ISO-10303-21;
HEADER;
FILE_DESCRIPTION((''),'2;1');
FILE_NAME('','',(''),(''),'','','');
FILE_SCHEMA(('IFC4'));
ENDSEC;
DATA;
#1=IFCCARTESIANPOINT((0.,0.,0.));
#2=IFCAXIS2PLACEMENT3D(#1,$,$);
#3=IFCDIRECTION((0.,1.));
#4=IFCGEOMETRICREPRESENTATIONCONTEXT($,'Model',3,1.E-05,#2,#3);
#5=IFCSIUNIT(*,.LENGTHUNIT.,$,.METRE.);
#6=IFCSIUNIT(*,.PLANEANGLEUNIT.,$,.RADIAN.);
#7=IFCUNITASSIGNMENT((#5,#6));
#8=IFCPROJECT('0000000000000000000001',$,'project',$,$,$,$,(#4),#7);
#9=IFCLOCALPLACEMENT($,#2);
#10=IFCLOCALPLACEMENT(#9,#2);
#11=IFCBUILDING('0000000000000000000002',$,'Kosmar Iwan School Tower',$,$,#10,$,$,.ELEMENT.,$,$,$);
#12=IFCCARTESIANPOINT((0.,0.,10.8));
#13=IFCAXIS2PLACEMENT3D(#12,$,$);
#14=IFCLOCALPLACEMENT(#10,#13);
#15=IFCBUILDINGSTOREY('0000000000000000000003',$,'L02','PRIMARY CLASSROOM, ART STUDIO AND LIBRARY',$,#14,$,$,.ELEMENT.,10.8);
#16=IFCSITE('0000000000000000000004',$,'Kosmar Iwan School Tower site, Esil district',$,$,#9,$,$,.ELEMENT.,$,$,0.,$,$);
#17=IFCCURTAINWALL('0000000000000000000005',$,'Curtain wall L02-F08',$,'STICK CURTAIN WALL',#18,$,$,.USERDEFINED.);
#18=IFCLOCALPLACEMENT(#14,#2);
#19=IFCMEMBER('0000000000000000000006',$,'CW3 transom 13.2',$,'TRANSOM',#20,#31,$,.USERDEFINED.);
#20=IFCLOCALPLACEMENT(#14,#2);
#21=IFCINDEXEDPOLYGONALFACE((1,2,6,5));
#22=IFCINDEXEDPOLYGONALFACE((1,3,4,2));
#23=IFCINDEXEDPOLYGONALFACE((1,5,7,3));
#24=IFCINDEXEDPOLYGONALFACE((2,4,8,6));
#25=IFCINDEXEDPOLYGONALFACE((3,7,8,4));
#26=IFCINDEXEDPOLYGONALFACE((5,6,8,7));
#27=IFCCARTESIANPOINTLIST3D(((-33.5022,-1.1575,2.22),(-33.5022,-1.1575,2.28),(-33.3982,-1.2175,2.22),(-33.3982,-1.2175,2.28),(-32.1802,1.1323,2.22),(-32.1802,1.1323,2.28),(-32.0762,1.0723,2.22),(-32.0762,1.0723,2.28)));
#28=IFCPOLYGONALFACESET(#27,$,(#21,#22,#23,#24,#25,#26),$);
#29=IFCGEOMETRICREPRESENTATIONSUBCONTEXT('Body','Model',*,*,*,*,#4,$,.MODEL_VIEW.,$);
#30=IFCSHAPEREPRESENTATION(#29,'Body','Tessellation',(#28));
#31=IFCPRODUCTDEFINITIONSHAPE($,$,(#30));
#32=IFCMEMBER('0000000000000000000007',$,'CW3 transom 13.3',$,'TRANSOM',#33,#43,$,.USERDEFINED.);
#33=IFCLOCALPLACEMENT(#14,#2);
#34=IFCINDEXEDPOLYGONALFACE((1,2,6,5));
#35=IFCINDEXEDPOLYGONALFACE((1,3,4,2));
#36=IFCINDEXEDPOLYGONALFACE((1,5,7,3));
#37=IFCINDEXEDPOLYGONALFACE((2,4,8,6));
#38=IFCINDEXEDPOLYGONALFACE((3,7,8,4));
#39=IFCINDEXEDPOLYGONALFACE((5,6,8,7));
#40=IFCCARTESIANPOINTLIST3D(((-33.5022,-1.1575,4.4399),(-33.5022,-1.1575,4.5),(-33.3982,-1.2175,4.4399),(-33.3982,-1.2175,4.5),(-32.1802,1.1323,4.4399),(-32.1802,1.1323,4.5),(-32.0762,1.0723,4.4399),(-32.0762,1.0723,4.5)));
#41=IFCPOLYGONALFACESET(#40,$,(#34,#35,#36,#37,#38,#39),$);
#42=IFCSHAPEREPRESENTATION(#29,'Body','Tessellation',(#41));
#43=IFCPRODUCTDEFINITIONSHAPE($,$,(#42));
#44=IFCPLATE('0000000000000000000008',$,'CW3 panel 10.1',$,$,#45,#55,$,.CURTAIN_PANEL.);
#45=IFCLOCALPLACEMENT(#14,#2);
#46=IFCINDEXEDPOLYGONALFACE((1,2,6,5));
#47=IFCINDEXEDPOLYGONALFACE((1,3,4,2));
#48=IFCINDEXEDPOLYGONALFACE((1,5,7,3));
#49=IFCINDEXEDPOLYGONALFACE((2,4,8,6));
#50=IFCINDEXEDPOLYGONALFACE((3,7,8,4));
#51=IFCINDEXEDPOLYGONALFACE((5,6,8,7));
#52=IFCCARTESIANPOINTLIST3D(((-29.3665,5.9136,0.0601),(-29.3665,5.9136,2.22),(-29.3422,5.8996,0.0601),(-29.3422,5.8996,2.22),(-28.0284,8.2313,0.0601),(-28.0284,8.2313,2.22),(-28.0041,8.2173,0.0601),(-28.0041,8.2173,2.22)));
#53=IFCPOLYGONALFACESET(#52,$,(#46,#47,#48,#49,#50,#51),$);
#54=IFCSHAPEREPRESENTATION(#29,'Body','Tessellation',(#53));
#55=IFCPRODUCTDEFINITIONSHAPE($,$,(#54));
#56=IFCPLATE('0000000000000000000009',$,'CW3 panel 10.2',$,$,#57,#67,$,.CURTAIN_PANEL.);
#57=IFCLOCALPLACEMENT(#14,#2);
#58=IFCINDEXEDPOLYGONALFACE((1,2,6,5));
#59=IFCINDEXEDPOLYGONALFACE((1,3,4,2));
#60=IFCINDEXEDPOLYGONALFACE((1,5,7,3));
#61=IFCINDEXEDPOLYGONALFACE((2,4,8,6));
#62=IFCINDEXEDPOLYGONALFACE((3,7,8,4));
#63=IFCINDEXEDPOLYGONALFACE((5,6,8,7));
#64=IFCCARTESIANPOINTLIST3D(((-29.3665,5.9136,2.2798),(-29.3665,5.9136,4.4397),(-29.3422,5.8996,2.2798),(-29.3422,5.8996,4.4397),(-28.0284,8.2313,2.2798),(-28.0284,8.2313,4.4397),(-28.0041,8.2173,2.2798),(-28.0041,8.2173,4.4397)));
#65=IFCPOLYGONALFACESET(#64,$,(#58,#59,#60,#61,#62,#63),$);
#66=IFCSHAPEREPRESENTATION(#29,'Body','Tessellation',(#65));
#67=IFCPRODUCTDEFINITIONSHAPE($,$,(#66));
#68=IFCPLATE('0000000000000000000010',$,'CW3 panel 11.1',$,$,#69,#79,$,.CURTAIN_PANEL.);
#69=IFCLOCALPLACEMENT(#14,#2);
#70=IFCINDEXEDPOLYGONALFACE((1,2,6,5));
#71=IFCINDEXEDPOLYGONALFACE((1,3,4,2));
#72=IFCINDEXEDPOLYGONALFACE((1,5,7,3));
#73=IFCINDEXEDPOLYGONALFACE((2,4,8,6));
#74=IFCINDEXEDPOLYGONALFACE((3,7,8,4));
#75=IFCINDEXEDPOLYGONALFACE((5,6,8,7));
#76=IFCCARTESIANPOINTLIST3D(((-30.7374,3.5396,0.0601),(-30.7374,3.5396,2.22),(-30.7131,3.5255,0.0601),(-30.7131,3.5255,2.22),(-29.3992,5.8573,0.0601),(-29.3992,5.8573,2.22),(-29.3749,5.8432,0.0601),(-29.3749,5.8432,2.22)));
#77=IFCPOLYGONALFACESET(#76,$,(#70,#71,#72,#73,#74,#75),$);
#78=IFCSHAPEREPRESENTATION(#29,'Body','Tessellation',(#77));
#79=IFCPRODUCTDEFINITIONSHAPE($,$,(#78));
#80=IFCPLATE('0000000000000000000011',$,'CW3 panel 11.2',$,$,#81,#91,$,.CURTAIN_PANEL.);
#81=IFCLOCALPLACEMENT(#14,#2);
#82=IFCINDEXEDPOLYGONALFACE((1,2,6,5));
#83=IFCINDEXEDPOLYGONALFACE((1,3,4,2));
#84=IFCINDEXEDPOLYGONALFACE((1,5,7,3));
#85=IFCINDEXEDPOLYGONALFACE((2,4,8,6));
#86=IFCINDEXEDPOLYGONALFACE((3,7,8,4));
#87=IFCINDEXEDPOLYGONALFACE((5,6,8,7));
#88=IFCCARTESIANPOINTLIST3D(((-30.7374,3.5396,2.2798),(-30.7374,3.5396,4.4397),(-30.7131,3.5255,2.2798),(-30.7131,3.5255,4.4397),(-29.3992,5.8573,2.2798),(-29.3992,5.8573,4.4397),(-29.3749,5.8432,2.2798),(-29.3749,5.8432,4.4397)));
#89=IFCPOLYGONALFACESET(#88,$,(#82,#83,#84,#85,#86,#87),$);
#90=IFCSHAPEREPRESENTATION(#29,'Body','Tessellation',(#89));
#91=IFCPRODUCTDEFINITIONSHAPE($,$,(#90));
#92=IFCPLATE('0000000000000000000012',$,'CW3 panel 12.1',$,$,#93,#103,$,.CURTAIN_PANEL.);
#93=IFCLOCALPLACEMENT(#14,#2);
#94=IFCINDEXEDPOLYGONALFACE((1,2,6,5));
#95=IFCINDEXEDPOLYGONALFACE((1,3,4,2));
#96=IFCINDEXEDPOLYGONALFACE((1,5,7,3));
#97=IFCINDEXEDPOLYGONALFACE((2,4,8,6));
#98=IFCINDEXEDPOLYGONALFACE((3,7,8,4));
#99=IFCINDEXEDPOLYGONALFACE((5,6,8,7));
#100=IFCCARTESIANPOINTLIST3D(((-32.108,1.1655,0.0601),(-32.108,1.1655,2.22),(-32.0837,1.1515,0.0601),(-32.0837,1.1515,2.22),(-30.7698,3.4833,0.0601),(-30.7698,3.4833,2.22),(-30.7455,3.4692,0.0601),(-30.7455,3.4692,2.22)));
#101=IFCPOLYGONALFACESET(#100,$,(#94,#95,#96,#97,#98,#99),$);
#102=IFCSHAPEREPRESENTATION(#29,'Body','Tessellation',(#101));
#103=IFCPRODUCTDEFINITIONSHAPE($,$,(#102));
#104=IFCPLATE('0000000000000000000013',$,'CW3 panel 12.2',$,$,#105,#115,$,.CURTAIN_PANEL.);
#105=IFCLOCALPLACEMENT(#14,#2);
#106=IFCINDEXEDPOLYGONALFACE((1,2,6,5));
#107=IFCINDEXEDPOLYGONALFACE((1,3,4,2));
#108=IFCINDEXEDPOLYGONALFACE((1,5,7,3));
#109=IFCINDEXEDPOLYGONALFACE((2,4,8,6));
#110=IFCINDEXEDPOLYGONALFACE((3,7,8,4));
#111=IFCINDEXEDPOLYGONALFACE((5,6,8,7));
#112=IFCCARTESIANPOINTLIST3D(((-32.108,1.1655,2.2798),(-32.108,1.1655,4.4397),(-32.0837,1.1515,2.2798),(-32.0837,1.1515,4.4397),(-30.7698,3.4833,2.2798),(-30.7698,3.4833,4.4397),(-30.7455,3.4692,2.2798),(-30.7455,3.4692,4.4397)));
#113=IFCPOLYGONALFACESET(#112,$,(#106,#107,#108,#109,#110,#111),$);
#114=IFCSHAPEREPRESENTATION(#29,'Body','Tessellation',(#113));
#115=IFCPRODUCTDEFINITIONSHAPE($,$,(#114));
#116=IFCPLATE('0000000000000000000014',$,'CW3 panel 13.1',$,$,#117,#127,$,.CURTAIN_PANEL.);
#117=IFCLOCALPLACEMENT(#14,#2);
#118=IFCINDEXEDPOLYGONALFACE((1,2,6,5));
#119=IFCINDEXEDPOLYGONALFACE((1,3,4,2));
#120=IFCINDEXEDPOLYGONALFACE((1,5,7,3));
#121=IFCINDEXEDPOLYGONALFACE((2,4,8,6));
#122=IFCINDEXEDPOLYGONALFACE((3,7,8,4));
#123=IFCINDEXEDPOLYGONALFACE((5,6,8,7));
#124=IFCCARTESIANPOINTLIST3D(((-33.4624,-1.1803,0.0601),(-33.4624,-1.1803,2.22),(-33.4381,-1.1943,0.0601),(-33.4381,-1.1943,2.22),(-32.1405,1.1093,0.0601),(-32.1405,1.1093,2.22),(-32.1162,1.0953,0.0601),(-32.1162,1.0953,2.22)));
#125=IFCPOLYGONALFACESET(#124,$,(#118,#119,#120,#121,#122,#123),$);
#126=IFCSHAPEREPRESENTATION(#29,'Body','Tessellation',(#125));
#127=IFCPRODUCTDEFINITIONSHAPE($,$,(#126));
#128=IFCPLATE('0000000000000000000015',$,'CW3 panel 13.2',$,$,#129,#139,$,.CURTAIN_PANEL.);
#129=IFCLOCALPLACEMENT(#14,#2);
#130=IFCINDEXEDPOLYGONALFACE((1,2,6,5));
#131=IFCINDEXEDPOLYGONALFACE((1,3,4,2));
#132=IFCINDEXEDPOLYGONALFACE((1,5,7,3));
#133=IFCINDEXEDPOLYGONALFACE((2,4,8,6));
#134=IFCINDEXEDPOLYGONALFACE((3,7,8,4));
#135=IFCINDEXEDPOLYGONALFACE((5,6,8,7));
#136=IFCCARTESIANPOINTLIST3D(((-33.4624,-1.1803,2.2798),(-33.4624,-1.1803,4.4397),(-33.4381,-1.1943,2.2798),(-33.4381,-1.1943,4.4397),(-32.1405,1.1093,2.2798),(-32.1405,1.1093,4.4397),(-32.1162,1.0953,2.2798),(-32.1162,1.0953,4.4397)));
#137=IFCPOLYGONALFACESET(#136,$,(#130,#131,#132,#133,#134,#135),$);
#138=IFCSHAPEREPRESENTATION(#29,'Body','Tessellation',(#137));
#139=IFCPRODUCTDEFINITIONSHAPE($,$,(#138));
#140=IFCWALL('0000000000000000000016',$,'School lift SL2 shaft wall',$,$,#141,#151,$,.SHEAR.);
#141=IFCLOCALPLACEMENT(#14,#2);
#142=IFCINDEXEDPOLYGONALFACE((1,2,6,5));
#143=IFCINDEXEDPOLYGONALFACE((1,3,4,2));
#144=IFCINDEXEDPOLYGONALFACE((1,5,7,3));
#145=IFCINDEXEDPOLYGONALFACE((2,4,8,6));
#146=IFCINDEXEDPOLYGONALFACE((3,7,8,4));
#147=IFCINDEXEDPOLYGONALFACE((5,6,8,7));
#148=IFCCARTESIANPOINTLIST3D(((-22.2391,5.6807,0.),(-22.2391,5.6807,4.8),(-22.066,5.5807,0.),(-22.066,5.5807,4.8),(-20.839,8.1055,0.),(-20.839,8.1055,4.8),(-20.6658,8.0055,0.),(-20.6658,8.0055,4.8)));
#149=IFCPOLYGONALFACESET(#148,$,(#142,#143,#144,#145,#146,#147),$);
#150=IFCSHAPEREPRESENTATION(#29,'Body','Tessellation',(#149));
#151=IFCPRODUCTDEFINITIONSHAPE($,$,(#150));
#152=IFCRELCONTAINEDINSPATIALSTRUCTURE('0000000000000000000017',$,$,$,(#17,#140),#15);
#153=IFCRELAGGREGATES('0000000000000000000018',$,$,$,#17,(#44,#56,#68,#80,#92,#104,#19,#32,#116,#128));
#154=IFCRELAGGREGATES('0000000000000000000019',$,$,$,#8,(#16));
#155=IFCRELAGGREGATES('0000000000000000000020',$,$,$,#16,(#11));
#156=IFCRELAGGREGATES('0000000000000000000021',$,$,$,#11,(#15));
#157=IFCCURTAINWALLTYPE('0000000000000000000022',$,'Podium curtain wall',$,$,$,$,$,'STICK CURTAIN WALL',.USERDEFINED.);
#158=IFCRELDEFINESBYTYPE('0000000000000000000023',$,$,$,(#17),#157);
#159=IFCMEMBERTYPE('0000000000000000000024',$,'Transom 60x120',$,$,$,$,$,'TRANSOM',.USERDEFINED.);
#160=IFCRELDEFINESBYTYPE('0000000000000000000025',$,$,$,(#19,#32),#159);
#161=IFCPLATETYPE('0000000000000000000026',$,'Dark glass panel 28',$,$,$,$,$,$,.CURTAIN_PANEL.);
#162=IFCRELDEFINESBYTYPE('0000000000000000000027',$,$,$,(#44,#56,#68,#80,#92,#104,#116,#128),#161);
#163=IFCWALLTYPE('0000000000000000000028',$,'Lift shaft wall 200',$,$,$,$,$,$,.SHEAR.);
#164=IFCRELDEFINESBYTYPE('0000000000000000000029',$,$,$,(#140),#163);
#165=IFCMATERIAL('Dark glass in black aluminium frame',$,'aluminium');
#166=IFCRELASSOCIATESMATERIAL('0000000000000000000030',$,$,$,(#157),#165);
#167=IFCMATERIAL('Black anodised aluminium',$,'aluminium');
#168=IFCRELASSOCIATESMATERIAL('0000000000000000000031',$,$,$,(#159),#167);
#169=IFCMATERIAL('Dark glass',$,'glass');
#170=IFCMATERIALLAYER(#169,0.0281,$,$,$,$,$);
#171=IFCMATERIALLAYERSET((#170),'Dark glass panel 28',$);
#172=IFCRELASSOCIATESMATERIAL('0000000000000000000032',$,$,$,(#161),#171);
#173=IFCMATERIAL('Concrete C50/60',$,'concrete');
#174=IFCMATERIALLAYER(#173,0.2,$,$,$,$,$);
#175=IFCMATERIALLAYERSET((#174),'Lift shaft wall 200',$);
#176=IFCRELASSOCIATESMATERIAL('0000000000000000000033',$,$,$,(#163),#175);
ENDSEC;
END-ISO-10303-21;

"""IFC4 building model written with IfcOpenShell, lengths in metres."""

from ifc_helpers import new_model, si_unit, direction, frame, frame_2d, origin, origin_2d, place, context, subcontext, project, spatial, rectangle, extrude, material, layer, layer_set, material_profile, profile_set, type_object, element, aggregate, save


model = new_model("IFC4")

# Units and contexts
model_context = context("Model", 3, precision=1e-05, world=origin(), true_north=direction((0.0, 1.0)))
body_context = subcontext(model_context, "Body", "Model", "MODEL_VIEW")
ifc_project = project(units=[si_unit("LENGTHUNIT", "METRE"), si_unit("PLANEANGLEUNIT", "RADIAN")], contexts=[model_context])

# Site, building, storey
site_placement = place(None, origin())
site = spatial("IfcSite", under=ifc_project, at=site_placement, Name="Kosmar Iwan School Tower site, Esil district", CompositionType="ELEMENT", RefElevation=0.0)
building_placement = place(site_placement, origin())
building = spatial("IfcBuilding", under=site, at=building_placement, Name="Kosmar Iwan School Tower", CompositionType="ELEMENT")
storey_placement = place(building_placement, frame((0.0, 0.0, 10.8)))
storey = spatial("IfcBuildingStorey", under=building, at=storey_placement, Name="L02", Description="PRIMARY CLASSROOM, ART STUDIO AND LIBRARY", CompositionType="ELEMENT", Elevation=10.8)

# Curtain wall, members, plates
ifc_material_1 = material(Name="Dark glass in black aluminium frame", Category="aluminium")
curtain_wall_type = type_object("IfcCurtainWallType", Name="Podium curtain wall", ElementType="STICK CURTAIN WALL", PredefinedType="USERDEFINED", material=ifc_material_1)
curtain_wall_placement = place(storey_placement, origin())
curtain_wall = element("IfcCurtainWall", 1, at=curtain_wall_placement, inside=storey, type_object=curtain_wall_type, Name="Curtain wall L02-F08", ObjectType="STICK CURTAIN WALL", PredefinedType="USERDEFINED")
ifc_material_2 = material(Name="Black anodised aluminium", Category="aluminium")
ifc_material_profile_1 = material_profile(ifc_material_2, rectangle(XDim=0.1201, YDim=0.0601, at=origin_2d()), Name="TRANSOM 60x120")
ifc_profile_set_1 = profile_set([ifc_material_profile_1], Name="Black anodised aluminium")
member_type_1 = type_object("IfcMemberType", Name="Transom 60x120", ElementType="TRANSOM", PredefinedType="USERDEFINED", material=ifc_profile_set_1)
member_1_placement = place(storey_placement, frame((-32.1282, 1.1023, 2.25), z_axis=(-0.500002, -0.866024, 0.0), x_axis=(0.866024, -0.500002, 0.0)))
member_1 = element("IfcMember", 2, at=member_1_placement, type_object=member_type_1, Name="CW3 transom 13.2", ObjectType="TRANSOM", PredefinedType="USERDEFINED", context=body_context, shape_type="SweptSolid", body=[
    extrude(rectangle(XDim=0.1201, YDim=0.0601, at=origin_2d()), origin(), (0.0, 0.0, 1.0), 2.644),
])
member_2_placement = place(storey_placement, frame((-32.1282, 1.1023, 4.47), z_axis=(-0.500002, -0.866024, 0.0), x_axis=(0.866024, -0.500002, 0.0)))
member_2 = element("IfcMember", 3, at=member_2_placement, type_object=member_type_1, Name="CW3 transom 13.3", ObjectType="TRANSOM", PredefinedType="USERDEFINED", context=body_context, shape_type="SweptSolid", body=[
    extrude(rectangle(XDim=0.1201, YDim=0.0601, at=origin_2d()), origin(), (0.0, 0.0, 1.0), 2.644),
])
ifc_material_3 = material(Name="Dark glass", Category="glass")
ifc_layer_1 = layer(ifc_material_3, 0.0281)
ifc_layer_set_1 = layer_set([ifc_layer_1], Name="Dark glass panel 28")
plate_type = type_object("IfcPlateType", Name="Dark glass panel 28", PredefinedType="CURTAIN_PANEL", material=ifc_layer_set_1)
plate_1_placement = place(storey_placement, frame((-28.6853, 7.0654, 0.0601), z_axis=(0.0, 0.0, 1.0), x_axis=(-0.5, -0.866025, 0.0)))
plate_1 = element("IfcPlate", 4, at=plate_1_placement, type_object=plate_type, Name="CW3 panel 10.1", PredefinedType="CURTAIN_PANEL", context=body_context, shape_type="SweptSolid", body=[
    extrude(rectangle(XDim=2.6763, YDim=0.0281, at=origin_2d()), origin(), (0.0, 0.0, 1.0), 2.1599),
])
plate_2_placement = place(storey_placement, frame((-28.6853, 7.0654, 2.2798), z_axis=(0.0, 0.0, 1.0), x_axis=(-0.5, -0.866025, 0.0)))
plate_2 = element("IfcPlate", 5, at=plate_2_placement, type_object=plate_type, Name="CW3 panel 10.2", PredefinedType="CURTAIN_PANEL", context=body_context, shape_type="SweptSolid", body=[
    extrude(rectangle(XDim=2.6763, YDim=0.0281, at=origin_2d()), origin(), (0.0, 0.0, 1.0), 2.1599),
])
plate_3_placement = place(storey_placement, frame((-30.0562, 4.6914, 0.0601), z_axis=(0.0, 0.0, 1.0), x_axis=(-0.5, -0.866025, 0.0)))
plate_3 = element("IfcPlate", 6, at=plate_3_placement, type_object=plate_type, Name="CW3 panel 11.1", PredefinedType="CURTAIN_PANEL", context=body_context, shape_type="SweptSolid", body=[
    extrude(rectangle(XDim=2.6763, YDim=0.0281, at=origin_2d()), origin(), (0.0, 0.0, 1.0), 2.1599),
])
plate_4_placement = place(storey_placement, frame((-30.0562, 4.6914, 2.2798), z_axis=(0.0, 0.0, 1.0), x_axis=(-0.5, -0.866025, 0.0)))
plate_4 = element("IfcPlate", 7, at=plate_4_placement, type_object=plate_type, Name="CW3 panel 11.2", PredefinedType="CURTAIN_PANEL", context=body_context, shape_type="SweptSolid", body=[
    extrude(rectangle(XDim=2.6763, YDim=0.0281, at=origin_2d()), origin(), (0.0, 0.0, 1.0), 2.1599),
])
plate_5_placement = place(storey_placement, frame((-31.4268, 2.3174, 0.0601), z_axis=(0.0, 0.0, 1.0), x_axis=(-0.5, -0.866025, 0.0)))
plate_5 = element("IfcPlate", 8, at=plate_5_placement, type_object=plate_type, Name="CW3 panel 12.1", PredefinedType="CURTAIN_PANEL", context=body_context, shape_type="SweptSolid", body=[
    extrude(rectangle(XDim=2.6763, YDim=0.0281, at=origin_2d()), origin(), (0.0, 0.0, 1.0), 2.1599),
])
plate_6_placement = place(storey_placement, frame((-31.4268, 2.3174, 2.2798), z_axis=(0.0, 0.0, 1.0), x_axis=(-0.5, -0.866025, 0.0)))
plate_6 = element("IfcPlate", 9, at=plate_6_placement, type_object=plate_type, Name="CW3 panel 12.2", PredefinedType="CURTAIN_PANEL", context=body_context, shape_type="SweptSolid", body=[
    extrude(rectangle(XDim=2.6763, YDim=0.0281, at=origin_2d()), origin(), (0.0, 0.0, 1.0), 2.1599),
])
plate_7_placement = place(storey_placement, frame((-32.7893, -0.0425, 0.0601), z_axis=(0.0, 0.0, 1.0), x_axis=(-0.5, -0.866025, 0.0)))
plate_7 = element("IfcPlate", 10, at=plate_7_placement, type_object=plate_type, Name="CW3 panel 13.1", PredefinedType="CURTAIN_PANEL", context=body_context, shape_type="SweptSolid", body=[
    extrude(rectangle(XDim=2.6438, YDim=0.0281, at=origin_2d()), origin(), (0.0, 0.0, 1.0), 2.1599),
])
plate_8_placement = place(storey_placement, frame((-32.7893, -0.0425, 2.2798), z_axis=(0.0, 0.0, 1.0), x_axis=(-0.5, -0.866025, 0.0)))
plate_8 = element("IfcPlate", 11, at=plate_8_placement, type_object=plate_type, Name="CW3 panel 13.2", PredefinedType="CURTAIN_PANEL", context=body_context, shape_type="SweptSolid", body=[
    extrude(rectangle(XDim=2.6438, YDim=0.0281, at=origin_2d()), origin(), (0.0, 0.0, 1.0), 2.1599),
])
aggregate(curtain_wall, [plate_1, plate_2, plate_3, plate_4, plate_5, plate_6, member_1, member_2, plate_7, plate_8])

# Wall
ifc_material_4 = material(Name="Concrete C50/60", Category="concrete")
ifc_layer_2 = layer(ifc_material_4, 0.2)
ifc_layer_set_2 = layer_set([ifc_layer_2], Name="Lift shaft wall 200")
wall_type = type_object("IfcWallType", Name="Lift shaft wall 200", PredefinedType="SHEAR", material=ifc_layer_set_2)
wall_placement = place(storey_placement, frame((-20.7524, 8.0554, 0.0), z_axis=(0.0, 0.0, 1.0), x_axis=(-0.50005, -0.865997, 0.0)))
element("IfcWall", 12, at=wall_placement, inside=storey, type_object=wall_type, Name="School lift SL2 shaft wall", PredefinedType="SHEAR", context=body_context, shape_type="SweptSolid", body=[
    extrude(rectangle(XDim=2.8, YDim=0.2, at=frame_2d((1.3999, 0.0))), origin(), (0.0, 0.0, 1.0), 4.8),
])

save(model, "model.ifc")
